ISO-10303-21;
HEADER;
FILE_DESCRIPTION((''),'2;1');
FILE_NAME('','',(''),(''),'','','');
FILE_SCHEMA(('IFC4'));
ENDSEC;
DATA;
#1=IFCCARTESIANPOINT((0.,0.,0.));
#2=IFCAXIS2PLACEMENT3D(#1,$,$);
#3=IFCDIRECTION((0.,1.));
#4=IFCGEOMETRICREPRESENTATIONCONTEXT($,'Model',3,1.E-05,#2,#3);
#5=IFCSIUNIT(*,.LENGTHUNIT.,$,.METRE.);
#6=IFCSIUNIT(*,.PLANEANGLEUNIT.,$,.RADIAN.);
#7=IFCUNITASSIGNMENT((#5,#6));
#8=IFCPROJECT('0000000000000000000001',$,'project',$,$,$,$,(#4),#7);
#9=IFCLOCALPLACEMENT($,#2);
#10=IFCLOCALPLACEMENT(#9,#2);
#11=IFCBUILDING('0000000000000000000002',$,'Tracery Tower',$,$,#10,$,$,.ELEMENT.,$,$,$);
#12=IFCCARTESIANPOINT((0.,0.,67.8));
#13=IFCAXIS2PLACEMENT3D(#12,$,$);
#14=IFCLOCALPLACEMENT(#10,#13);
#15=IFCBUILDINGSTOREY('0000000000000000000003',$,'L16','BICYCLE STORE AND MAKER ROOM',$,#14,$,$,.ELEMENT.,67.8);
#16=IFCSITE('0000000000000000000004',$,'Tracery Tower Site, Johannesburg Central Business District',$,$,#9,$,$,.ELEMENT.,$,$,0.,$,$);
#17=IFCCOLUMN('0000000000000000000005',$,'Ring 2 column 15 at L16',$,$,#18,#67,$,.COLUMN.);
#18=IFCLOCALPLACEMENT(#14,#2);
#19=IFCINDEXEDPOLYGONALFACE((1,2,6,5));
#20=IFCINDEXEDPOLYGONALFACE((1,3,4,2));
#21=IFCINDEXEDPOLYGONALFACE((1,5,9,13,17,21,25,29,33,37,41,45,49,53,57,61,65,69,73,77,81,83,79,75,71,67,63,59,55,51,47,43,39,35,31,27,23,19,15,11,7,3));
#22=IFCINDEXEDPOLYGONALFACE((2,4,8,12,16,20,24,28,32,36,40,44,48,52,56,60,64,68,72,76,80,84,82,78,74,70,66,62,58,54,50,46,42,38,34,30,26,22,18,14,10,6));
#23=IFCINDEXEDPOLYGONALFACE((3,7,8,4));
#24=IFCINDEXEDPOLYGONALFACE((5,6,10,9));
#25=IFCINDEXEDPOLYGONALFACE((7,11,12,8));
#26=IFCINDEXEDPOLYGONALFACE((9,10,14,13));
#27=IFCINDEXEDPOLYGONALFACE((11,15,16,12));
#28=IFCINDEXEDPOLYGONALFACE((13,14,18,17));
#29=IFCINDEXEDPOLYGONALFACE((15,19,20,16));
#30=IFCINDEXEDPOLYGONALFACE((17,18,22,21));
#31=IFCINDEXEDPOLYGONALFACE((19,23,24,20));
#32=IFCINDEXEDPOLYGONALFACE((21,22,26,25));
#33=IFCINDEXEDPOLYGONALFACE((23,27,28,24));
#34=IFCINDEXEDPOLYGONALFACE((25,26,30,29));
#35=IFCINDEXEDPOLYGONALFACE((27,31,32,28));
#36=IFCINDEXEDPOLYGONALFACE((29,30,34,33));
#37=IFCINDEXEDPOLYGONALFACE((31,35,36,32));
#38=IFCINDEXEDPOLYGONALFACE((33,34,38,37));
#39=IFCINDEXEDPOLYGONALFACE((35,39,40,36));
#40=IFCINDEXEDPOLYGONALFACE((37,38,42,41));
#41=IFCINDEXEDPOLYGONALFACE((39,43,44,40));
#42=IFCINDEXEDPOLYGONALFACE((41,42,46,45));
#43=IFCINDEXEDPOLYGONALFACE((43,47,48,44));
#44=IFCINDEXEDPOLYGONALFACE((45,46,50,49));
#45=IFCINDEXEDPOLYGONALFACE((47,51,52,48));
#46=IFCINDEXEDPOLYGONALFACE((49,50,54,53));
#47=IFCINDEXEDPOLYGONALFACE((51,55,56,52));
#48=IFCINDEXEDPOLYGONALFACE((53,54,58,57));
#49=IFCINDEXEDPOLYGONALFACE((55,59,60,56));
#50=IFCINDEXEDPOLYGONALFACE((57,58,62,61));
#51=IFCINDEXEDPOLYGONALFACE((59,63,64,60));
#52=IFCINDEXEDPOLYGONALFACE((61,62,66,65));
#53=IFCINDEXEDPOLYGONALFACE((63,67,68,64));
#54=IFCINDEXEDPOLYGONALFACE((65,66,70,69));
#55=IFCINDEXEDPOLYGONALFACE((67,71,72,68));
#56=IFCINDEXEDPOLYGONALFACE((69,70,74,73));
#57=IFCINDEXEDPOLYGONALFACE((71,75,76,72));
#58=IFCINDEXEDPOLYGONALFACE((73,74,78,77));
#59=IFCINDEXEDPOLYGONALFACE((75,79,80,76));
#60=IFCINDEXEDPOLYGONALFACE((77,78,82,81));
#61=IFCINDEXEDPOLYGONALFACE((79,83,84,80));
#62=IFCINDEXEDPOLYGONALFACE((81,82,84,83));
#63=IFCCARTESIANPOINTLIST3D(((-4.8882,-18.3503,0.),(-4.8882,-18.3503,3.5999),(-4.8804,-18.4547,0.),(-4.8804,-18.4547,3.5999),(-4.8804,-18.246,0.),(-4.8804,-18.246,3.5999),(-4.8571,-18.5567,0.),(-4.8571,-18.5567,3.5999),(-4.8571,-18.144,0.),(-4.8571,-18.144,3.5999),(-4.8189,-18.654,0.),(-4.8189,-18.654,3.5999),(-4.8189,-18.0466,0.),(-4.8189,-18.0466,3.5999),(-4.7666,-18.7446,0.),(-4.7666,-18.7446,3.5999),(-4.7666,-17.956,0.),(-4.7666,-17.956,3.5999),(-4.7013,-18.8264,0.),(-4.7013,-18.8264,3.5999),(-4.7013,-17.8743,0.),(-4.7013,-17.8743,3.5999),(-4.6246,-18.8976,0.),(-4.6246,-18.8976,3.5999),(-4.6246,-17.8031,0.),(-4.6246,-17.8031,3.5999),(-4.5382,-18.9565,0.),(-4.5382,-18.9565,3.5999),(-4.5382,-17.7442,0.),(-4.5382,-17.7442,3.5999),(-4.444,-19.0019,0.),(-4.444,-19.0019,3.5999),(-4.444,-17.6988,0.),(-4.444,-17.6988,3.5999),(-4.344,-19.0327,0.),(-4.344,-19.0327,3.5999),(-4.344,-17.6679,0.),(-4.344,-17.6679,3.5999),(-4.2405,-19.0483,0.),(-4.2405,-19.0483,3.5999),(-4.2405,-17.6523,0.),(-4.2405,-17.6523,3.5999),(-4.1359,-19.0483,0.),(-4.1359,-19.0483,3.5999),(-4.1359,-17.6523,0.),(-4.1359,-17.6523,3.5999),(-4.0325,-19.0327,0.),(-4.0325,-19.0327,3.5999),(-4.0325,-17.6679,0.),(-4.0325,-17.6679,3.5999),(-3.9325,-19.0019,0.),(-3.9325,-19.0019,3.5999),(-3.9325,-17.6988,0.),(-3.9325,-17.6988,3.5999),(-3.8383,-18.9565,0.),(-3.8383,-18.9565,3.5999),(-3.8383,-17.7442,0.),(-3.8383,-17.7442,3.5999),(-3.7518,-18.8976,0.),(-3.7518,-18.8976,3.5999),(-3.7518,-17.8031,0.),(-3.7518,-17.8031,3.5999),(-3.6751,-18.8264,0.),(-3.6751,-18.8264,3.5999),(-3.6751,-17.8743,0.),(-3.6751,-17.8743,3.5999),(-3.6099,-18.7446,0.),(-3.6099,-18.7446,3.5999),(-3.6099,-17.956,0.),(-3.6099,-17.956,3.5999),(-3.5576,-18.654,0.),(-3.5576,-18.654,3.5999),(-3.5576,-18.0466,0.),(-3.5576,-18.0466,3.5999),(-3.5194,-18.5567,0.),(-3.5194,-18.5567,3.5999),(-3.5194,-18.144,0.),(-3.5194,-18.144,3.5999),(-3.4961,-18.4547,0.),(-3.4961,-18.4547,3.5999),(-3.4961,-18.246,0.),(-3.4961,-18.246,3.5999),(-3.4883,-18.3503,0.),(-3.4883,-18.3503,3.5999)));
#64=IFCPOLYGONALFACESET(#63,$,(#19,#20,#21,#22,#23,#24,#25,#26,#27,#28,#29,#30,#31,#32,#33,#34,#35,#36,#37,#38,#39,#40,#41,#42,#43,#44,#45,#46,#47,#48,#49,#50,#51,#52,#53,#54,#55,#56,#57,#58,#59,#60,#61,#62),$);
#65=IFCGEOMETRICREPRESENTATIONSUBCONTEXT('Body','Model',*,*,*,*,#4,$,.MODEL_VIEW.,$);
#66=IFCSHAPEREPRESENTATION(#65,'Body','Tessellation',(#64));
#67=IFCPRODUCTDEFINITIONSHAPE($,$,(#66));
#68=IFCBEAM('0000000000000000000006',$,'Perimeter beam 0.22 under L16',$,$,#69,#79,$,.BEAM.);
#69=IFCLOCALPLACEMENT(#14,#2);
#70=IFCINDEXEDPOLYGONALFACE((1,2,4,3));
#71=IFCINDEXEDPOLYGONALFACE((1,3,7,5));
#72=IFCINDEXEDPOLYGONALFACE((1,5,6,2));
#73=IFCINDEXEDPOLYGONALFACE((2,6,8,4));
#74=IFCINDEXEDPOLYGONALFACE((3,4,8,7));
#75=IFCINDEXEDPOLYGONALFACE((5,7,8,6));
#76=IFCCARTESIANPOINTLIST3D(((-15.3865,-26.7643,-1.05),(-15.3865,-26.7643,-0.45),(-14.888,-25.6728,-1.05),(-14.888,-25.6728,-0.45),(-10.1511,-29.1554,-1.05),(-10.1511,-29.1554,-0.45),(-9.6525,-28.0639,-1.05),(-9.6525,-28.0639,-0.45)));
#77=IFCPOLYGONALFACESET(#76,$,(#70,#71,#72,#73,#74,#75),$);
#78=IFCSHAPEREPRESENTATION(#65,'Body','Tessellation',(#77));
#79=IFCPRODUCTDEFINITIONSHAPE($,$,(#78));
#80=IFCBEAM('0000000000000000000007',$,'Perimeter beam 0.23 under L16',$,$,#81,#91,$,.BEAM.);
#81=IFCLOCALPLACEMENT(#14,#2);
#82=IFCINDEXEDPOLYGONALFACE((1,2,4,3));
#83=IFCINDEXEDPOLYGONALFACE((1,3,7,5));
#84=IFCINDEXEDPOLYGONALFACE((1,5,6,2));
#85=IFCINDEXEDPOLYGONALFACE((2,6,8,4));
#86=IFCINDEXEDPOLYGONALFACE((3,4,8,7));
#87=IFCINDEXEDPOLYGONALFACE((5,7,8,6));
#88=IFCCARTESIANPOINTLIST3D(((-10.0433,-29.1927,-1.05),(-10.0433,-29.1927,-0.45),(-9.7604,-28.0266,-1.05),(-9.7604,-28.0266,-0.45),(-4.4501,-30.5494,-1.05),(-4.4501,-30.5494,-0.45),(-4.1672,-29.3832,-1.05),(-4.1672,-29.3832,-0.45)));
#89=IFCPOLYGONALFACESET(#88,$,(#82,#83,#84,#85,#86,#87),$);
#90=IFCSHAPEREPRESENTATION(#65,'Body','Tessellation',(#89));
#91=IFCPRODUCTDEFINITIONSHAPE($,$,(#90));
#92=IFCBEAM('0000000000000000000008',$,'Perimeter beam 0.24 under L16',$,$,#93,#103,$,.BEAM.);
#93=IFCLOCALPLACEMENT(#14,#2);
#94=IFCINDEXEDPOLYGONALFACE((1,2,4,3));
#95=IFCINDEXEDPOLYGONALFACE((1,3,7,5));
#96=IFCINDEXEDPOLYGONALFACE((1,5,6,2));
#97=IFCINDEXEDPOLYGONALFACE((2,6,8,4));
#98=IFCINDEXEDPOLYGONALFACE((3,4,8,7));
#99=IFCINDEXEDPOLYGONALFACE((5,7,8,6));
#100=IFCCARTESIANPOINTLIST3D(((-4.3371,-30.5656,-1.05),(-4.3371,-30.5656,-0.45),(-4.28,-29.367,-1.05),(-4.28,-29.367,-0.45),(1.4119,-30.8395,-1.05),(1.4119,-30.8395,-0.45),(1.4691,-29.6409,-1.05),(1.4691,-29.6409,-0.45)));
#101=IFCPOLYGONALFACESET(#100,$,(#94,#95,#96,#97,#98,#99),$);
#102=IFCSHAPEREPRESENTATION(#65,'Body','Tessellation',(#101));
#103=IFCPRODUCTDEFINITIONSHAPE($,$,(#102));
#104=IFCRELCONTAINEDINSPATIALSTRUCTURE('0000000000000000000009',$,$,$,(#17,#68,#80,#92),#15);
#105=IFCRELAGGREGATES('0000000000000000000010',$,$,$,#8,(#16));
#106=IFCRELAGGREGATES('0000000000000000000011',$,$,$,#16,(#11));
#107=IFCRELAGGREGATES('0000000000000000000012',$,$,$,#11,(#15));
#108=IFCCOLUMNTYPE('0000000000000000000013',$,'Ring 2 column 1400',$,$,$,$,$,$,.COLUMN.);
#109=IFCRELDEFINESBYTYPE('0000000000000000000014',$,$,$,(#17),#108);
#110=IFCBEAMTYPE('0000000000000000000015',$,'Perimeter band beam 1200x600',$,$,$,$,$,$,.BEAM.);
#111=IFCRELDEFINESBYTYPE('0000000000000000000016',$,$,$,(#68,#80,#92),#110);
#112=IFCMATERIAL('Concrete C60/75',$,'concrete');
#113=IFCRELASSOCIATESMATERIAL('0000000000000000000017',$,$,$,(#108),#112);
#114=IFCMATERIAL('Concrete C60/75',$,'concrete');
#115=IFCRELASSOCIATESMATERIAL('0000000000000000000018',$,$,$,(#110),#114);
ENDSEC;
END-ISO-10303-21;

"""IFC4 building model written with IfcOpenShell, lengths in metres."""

from ifc_helpers import new_model, si_unit, direction, frame, origin, origin_2d, place, context, subcontext, project, spatial, rectangle, circle, extrude, material, material_profile, profile_set, type_object, element, save


model = new_model("IFC4")

# Units and contexts
model_context = context("Model", 3, precision=1e-05, world=origin(), true_north=direction((0.0, 1.0)))
body_context = subcontext(model_context, "Body", "Model", "MODEL_VIEW")
ifc_project = project(units=[si_unit("LENGTHUNIT", "METRE"), si_unit("PLANEANGLEUNIT", "RADIAN")], contexts=[model_context])

# Site, building, storey
site_placement = place(None, origin())
site = spatial("IfcSite", under=ifc_project, at=site_placement, Name="Tracery Tower Site, Johannesburg Central Business District", CompositionType="ELEMENT", RefElevation=0.0)
building_placement = place(site_placement, origin())
building = spatial("IfcBuilding", under=site, at=building_placement, Name="Tracery Tower", CompositionType="ELEMENT")
storey_placement = place(building_placement, frame((0.0, 0.0, 67.8)))
storey = spatial("IfcBuildingStorey", under=building, at=storey_placement, Name="L16", Description="BICYCLE STORE AND MAKER ROOM", CompositionType="ELEMENT", Elevation=67.8)

# Column
ifc_material_1 = material(Name="Concrete C60/75", Category="concrete")
ifc_material_profile_1 = material_profile(ifc_material_1, circle(Radius=0.7, at=origin_2d()), Name="RC D1400")
ifc_profile_set_1 = profile_set([ifc_material_profile_1], Name="Concrete C60/75")
column_type_1 = type_object("IfcColumnType", Name="Ring 2 column 1400", PredefinedType="COLUMN", material=ifc_profile_set_1)
for number, where, z_axis, x_axis, name in (
    (1, (-4.1882, -18.3503, 0.0), (0.0, 0.0, 1.0), (1.0, 0.0, 0.0), "Ring 2 column 15 at L16"),
):
    element("IfcColumn", number, at=place(storey_placement, frame(where, z_axis=z_axis, x_axis=x_axis)), inside=storey, type_object=column_type_1, Name=name, PredefinedType="COLUMN", context=body_context, shape_type="SweptSolid", body=[
        extrude(circle(Radius=0.7, at=origin_2d()), origin(), (0.0, 0.0, 1.0), 3.5999),
    ])

# Beams
ifc_material_2 = material(Name="Concrete C60/75", Category="concrete")
ifc_material_profile_2 = material_profile(ifc_material_2, rectangle(XDim=1.2, YDim=0.6001, at=origin_2d()), Name="RC 1200x600")
ifc_profile_set_2 = profile_set([ifc_material_profile_2], Name="Concrete C60/75")
beam_type = type_object("IfcBeamType", Name="Perimeter band beam 1200x600", PredefinedType="BEAM", material=ifc_profile_set_2)
beam_1_placement = place(storey_placement, frame((-15.1372, -26.2185, -0.75), z_axis=(0.909618, -0.415445, 0.0), x_axis=(0.415445, 0.909618, 0.0)))
element("IfcBeam", 2, at=beam_1_placement, inside=storey, type_object=beam_type, Name="Perimeter beam 0.22 under L16", PredefinedType="BEAM", context=body_context, shape_type="SweptSolid", body=[
    extrude(rectangle(XDim=1.2, YDim=0.6001, at=origin_2d()), origin(), (0.0, 0.0, 1.0), 5.7556),
])
beam_2_placement = place(storey_placement, frame((-9.9019, -28.6096, -0.75), z_axis=(0.97182, -0.235723, 0.0), x_axis=(0.235723, 0.97182, 0.0)))
element("IfcBeam", 3, at=beam_2_placement, inside=storey, type_object=beam_type, Name="Perimeter beam 0.23 under L16", PredefinedType="BEAM", context=body_context, shape_type="SweptSolid", body=[
    extrude(rectangle(XDim=1.2, YDim=0.6001, at=origin_2d()), origin(), (0.0, 0.0, 1.0), 5.7554),
])
beam_3_placement = place(storey_placement, frame((-4.3086, -29.9663, -0.75), z_axis=(0.998867, -0.047593, 0.0), x_axis=(0.047593, 0.998867, 0.0)))
element("IfcBeam", 4, at=beam_3_placement, inside=storey, type_object=beam_type, Name="Perimeter beam 0.24 under L16", PredefinedType="BEAM", context=body_context, shape_type="SweptSolid", body=[
    extrude(rectangle(XDim=1.2, YDim=0.6001, at=origin_2d()), origin(), (0.0, 0.0, 1.0), 5.7556),
])

save(model, "model.ifc")
